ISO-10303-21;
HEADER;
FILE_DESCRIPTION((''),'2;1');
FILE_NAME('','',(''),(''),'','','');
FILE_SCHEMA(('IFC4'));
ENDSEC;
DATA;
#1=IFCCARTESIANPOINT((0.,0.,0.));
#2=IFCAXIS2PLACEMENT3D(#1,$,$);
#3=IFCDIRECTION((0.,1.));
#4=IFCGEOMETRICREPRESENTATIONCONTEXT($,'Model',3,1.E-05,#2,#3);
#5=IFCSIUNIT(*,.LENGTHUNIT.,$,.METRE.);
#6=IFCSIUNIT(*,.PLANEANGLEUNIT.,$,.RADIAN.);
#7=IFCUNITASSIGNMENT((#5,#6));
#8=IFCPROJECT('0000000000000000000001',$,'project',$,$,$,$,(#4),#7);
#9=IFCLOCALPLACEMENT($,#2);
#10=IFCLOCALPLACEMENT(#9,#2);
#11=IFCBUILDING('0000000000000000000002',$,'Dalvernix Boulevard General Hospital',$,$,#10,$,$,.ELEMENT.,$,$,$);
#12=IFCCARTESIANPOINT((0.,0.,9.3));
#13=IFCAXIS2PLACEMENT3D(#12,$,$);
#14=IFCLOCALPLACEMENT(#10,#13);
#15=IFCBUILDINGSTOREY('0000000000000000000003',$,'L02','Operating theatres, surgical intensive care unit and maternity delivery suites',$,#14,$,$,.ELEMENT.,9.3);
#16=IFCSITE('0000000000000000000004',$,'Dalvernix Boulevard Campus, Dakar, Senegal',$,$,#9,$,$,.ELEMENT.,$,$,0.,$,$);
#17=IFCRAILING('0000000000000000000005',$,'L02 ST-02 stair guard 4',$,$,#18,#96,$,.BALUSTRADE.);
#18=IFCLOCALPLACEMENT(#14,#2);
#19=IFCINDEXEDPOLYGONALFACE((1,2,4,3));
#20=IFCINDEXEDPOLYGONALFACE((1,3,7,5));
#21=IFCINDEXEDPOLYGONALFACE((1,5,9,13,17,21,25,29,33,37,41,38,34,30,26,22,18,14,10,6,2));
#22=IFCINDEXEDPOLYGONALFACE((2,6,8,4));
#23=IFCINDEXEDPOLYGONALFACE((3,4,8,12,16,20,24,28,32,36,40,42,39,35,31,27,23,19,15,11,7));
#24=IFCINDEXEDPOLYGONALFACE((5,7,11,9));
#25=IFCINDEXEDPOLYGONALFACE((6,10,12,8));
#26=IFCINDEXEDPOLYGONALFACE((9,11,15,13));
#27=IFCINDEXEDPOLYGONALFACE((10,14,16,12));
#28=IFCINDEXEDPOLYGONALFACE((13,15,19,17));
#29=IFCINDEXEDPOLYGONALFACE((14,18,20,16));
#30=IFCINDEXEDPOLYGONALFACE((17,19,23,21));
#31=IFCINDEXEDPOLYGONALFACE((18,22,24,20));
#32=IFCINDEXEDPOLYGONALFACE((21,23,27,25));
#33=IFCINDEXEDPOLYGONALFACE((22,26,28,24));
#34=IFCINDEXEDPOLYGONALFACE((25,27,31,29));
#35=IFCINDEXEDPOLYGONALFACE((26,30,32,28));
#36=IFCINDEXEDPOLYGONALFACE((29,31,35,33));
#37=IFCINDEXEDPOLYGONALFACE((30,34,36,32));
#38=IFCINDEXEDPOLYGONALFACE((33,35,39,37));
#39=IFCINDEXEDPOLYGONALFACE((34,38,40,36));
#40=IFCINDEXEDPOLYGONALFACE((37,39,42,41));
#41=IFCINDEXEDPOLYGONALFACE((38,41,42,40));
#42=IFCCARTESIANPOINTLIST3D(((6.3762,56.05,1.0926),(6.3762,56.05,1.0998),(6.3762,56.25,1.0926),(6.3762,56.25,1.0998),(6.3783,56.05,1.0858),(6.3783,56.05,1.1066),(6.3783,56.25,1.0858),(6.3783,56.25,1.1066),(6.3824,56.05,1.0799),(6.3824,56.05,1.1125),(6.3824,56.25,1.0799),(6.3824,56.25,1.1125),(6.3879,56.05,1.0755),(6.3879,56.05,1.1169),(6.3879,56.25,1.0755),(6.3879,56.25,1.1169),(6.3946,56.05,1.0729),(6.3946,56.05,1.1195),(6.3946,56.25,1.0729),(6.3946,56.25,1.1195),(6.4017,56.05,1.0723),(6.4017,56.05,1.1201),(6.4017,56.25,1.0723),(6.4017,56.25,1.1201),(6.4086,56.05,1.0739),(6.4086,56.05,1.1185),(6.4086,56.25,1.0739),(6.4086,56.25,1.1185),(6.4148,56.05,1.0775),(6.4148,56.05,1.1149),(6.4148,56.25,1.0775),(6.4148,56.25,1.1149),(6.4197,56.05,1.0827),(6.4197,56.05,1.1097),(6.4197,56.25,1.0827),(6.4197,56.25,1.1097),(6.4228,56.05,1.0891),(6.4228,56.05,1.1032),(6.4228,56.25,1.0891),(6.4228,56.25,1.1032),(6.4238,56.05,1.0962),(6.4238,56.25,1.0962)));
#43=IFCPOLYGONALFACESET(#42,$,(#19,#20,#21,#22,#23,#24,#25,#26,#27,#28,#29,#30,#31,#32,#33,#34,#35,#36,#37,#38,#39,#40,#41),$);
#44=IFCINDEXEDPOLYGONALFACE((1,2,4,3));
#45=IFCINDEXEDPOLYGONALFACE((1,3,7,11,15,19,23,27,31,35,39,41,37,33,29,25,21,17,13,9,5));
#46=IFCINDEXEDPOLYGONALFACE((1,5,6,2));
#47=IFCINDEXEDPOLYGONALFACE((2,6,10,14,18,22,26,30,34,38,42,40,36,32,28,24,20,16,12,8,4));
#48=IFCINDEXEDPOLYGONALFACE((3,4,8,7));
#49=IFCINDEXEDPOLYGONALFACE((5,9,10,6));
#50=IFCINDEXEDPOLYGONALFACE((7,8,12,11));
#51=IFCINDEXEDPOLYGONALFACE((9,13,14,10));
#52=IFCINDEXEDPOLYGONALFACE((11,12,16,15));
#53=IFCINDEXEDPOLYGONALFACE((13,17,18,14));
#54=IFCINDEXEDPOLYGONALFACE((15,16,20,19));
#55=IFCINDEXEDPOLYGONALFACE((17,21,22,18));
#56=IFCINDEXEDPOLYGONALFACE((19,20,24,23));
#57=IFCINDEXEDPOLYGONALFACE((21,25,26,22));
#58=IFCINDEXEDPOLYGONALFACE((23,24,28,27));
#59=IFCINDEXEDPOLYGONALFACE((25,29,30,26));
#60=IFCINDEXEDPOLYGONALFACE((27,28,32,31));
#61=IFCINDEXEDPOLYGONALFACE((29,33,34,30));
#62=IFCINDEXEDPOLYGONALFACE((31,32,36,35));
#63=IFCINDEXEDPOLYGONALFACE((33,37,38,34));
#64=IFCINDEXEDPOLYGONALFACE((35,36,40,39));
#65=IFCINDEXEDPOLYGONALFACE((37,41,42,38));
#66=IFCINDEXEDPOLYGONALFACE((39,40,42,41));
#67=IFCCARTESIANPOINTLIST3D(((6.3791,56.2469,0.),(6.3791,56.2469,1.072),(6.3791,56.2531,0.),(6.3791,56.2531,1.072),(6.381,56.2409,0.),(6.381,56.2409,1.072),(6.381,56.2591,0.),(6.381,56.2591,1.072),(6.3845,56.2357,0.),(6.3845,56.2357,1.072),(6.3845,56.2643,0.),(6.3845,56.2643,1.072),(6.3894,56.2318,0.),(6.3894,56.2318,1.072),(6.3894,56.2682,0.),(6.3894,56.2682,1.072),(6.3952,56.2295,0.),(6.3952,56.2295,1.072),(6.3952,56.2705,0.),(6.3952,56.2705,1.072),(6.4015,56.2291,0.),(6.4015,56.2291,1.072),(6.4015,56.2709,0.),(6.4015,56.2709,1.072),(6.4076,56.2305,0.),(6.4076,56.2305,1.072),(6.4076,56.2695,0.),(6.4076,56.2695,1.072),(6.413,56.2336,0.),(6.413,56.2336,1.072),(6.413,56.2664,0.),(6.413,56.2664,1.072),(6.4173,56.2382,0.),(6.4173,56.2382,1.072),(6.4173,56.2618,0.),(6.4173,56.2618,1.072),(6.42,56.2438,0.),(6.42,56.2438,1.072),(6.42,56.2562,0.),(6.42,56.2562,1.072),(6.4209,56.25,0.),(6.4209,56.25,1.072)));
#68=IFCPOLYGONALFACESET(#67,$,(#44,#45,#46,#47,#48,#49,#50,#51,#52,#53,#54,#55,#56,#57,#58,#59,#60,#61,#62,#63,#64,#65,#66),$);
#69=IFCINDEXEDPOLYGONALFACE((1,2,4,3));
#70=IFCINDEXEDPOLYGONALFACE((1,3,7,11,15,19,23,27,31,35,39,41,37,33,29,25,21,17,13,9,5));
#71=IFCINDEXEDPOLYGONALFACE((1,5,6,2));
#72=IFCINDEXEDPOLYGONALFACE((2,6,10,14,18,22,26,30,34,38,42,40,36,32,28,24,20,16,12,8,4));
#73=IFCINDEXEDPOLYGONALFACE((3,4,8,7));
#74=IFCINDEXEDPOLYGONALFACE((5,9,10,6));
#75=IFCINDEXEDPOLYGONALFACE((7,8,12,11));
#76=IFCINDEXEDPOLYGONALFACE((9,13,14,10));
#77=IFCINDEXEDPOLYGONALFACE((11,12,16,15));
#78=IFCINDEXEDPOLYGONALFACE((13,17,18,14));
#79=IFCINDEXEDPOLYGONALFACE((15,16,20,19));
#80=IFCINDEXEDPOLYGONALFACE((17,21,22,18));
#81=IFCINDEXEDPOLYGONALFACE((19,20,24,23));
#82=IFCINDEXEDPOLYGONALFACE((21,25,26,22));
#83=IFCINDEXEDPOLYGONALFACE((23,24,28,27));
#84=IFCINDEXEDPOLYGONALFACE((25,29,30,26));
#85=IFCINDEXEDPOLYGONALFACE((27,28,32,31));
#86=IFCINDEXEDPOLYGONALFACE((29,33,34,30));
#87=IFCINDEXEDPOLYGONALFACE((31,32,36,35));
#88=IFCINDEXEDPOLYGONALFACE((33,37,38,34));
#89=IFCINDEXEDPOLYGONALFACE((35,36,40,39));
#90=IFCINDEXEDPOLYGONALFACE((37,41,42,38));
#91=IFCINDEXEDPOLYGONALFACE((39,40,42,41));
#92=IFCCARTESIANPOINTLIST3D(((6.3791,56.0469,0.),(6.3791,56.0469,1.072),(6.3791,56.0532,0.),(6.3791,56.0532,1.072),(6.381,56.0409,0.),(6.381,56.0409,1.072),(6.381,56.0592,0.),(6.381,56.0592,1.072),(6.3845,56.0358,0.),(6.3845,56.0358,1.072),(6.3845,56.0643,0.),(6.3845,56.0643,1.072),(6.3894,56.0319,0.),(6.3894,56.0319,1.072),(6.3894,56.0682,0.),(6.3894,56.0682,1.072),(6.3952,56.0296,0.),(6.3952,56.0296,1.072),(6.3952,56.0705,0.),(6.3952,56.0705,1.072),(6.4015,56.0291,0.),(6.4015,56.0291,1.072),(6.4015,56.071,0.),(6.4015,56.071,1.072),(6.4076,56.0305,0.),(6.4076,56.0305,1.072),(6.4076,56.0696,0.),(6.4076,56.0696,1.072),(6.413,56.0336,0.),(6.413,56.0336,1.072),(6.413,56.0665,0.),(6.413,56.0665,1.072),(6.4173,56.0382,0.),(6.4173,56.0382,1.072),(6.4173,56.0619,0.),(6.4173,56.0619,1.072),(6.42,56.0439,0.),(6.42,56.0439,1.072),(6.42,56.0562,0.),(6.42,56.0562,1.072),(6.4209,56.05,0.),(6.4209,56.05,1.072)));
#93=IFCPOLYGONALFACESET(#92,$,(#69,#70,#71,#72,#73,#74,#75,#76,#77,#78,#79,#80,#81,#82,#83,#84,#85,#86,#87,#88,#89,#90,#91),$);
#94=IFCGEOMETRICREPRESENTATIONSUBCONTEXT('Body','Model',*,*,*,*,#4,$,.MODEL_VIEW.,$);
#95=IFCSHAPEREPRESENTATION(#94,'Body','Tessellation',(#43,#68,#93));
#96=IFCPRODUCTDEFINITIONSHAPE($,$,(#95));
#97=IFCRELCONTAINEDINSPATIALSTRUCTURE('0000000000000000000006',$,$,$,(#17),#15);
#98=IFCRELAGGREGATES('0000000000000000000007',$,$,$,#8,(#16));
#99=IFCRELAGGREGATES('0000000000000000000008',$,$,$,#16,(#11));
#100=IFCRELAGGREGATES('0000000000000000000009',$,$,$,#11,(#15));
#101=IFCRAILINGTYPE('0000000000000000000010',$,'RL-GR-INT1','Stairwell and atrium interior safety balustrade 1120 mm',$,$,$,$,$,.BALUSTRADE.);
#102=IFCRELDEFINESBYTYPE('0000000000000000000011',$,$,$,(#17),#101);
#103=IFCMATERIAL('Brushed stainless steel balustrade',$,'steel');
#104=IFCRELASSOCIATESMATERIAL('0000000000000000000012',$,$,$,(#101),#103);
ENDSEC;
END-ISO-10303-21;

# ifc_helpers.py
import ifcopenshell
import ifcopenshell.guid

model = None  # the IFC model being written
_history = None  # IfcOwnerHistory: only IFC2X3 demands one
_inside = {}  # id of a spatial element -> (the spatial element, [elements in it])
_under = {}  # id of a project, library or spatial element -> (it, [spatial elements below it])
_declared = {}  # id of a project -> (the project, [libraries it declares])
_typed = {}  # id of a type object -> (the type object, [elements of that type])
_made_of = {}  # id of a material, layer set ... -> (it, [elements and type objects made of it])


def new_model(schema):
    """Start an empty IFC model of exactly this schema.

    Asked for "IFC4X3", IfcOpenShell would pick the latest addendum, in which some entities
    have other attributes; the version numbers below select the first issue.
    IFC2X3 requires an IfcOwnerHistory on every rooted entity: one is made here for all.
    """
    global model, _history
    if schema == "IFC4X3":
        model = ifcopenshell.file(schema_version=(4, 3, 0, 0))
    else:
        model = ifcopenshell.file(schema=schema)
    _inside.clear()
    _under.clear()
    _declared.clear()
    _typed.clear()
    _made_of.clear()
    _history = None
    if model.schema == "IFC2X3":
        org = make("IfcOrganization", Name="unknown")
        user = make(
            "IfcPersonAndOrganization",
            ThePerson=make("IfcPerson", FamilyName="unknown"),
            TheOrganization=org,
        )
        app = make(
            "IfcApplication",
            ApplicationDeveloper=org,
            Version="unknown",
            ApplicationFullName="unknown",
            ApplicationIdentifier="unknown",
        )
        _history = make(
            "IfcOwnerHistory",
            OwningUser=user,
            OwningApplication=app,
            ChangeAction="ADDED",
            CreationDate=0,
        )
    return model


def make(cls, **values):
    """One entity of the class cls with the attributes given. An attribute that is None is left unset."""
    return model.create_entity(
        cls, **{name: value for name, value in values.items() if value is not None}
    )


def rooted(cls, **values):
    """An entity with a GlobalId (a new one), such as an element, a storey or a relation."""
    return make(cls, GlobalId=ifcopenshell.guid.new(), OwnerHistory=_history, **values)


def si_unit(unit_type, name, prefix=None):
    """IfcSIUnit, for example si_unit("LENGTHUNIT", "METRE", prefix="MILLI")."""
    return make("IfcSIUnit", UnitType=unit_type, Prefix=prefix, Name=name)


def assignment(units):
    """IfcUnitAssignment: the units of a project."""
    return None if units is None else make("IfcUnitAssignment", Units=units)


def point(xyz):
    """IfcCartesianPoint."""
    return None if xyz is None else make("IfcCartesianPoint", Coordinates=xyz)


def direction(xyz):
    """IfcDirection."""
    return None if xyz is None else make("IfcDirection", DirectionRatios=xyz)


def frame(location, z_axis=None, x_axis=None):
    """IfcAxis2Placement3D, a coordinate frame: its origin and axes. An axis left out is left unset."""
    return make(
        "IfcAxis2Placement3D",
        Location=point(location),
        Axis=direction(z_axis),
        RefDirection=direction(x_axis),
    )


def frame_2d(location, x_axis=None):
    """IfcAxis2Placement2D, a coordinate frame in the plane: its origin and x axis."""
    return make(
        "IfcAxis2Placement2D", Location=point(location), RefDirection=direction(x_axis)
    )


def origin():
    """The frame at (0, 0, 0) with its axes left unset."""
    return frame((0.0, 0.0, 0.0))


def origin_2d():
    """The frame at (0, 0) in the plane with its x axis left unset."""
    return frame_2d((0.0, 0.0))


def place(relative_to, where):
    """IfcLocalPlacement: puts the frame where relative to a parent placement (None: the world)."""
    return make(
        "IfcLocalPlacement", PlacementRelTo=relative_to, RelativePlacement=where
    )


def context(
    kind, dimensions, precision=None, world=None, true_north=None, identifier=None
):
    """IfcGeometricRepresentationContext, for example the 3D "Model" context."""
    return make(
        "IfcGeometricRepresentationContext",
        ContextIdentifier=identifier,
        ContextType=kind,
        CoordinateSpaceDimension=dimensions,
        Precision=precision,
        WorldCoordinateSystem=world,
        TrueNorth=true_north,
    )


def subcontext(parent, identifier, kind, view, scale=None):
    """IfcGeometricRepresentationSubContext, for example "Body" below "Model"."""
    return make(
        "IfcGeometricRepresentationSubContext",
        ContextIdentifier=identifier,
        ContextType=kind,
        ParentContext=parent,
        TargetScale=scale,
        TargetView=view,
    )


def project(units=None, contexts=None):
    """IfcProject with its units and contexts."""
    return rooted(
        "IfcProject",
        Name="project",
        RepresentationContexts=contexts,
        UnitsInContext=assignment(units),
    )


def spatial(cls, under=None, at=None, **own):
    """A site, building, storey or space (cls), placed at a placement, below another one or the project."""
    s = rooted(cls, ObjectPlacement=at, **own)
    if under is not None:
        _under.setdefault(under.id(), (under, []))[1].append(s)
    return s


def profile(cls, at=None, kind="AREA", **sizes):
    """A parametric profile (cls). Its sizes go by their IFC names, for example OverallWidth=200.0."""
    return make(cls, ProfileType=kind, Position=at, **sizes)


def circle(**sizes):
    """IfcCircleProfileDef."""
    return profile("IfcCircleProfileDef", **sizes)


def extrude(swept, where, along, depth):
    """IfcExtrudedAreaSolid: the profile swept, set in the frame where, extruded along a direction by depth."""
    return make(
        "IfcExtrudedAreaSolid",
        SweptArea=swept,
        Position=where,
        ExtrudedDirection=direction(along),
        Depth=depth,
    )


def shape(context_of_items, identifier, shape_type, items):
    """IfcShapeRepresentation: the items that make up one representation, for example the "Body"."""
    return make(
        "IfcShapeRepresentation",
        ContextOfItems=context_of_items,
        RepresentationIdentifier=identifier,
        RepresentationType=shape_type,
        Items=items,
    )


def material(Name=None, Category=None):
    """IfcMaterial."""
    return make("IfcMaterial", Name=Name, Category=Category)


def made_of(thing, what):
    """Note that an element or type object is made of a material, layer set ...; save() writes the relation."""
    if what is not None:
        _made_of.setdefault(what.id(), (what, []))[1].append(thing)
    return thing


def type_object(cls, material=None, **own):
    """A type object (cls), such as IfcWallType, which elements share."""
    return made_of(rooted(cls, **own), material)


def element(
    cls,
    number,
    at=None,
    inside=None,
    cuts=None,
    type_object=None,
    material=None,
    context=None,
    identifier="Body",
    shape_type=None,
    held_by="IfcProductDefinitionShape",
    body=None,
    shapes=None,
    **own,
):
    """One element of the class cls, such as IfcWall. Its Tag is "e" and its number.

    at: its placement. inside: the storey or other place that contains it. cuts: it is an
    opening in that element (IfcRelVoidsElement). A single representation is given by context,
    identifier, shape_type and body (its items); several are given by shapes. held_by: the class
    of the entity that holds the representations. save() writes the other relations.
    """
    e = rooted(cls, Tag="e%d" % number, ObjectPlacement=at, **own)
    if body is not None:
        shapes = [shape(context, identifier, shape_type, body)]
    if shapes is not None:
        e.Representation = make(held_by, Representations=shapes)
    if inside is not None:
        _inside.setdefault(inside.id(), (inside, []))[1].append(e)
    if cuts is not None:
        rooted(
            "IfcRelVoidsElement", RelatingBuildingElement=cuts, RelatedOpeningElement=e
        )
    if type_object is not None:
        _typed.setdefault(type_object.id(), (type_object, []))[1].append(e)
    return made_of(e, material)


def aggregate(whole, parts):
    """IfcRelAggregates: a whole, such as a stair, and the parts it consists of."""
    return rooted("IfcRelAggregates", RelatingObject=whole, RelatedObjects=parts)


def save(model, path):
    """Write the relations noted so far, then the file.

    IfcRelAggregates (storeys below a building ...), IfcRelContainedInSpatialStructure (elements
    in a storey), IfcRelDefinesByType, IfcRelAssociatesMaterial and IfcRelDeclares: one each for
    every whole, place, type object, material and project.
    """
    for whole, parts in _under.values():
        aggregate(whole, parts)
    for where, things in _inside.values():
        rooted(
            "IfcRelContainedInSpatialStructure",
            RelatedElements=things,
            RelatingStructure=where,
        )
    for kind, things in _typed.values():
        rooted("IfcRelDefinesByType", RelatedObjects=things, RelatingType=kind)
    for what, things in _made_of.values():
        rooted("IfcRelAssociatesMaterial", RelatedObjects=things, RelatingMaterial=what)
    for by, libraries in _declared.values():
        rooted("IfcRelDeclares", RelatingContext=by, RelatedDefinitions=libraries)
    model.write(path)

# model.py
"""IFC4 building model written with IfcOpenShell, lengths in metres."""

from ifc_helpers import new_model, si_unit, direction, frame, origin, origin_2d, place, context, subcontext, project, spatial, circle, extrude, material, type_object, element, save


model = new_model("IFC4")

# Units and contexts
model_context = context("Model", 3, precision=1e-05, world=origin(), true_north=direction((0.0, 1.0)))
body_context = subcontext(model_context, "Body", "Model", "MODEL_VIEW")
ifc_project = project(units=[si_unit("LENGTHUNIT", "METRE"), si_unit("PLANEANGLEUNIT", "RADIAN")], contexts=[model_context])

# Site, building, storey
site_placement = place(None, origin())
site = spatial("IfcSite", under=ifc_project, at=site_placement, Name="Dalvernix Boulevard Campus, Dakar, Senegal", CompositionType="ELEMENT", RefElevation=0.0)
building_placement = place(site_placement, origin())
building = spatial("IfcBuilding", under=site, at=building_placement, Name="Dalvernix Boulevard General Hospital", CompositionType="ELEMENT")
storey_placement = place(building_placement, frame((0.0, 0.0, 9.3)))
storey = spatial("IfcBuildingStorey", under=building, at=storey_placement, Name="L02", Description="Operating theatres, surgical intensive care unit and maternity delivery suites", CompositionType="ELEMENT", Elevation=9.3)

# Railing
ifc_material_1 = material(Name="Brushed stainless steel balustrade", Category="steel")
railing_type_1 = type_object("IfcRailingType", Name="RL-GR-INT1", Description="Stairwell and atrium interior safety balustrade 1120 mm", PredefinedType="BALUSTRADE", material=ifc_material_1)
railing_1_placement = place(storey_placement, frame((6.3999, 56.25, 0.0)))
element("IfcRailing", 1, at=railing_1_placement, inside=storey, type_object=railing_type_1, Name="L02 ST-02 stair guard 4", PredefinedType="BALUSTRADE", context=body_context, shape_type="SweptSolid", body=[
    extrude(circle(Radius=0.0239, at=origin_2d()), frame((0.0, 0.0, 1.0962), z_axis=(0.0, -1.0, 0.0), x_axis=(1.0, 0.0, 0.0)), (0.0, 0.0, 1.0), 0.2),
    extrude(circle(Radius=0.021, at=origin_2d()), origin(), (0.0, 0.0, 1.0), 1.072),
    extrude(circle(Radius=0.021, at=origin_2d()), frame((0.0, -0.2, 0.0)), (0.0, 0.0, 1.0), 1.072),
])

save(model, "model.ifc")
